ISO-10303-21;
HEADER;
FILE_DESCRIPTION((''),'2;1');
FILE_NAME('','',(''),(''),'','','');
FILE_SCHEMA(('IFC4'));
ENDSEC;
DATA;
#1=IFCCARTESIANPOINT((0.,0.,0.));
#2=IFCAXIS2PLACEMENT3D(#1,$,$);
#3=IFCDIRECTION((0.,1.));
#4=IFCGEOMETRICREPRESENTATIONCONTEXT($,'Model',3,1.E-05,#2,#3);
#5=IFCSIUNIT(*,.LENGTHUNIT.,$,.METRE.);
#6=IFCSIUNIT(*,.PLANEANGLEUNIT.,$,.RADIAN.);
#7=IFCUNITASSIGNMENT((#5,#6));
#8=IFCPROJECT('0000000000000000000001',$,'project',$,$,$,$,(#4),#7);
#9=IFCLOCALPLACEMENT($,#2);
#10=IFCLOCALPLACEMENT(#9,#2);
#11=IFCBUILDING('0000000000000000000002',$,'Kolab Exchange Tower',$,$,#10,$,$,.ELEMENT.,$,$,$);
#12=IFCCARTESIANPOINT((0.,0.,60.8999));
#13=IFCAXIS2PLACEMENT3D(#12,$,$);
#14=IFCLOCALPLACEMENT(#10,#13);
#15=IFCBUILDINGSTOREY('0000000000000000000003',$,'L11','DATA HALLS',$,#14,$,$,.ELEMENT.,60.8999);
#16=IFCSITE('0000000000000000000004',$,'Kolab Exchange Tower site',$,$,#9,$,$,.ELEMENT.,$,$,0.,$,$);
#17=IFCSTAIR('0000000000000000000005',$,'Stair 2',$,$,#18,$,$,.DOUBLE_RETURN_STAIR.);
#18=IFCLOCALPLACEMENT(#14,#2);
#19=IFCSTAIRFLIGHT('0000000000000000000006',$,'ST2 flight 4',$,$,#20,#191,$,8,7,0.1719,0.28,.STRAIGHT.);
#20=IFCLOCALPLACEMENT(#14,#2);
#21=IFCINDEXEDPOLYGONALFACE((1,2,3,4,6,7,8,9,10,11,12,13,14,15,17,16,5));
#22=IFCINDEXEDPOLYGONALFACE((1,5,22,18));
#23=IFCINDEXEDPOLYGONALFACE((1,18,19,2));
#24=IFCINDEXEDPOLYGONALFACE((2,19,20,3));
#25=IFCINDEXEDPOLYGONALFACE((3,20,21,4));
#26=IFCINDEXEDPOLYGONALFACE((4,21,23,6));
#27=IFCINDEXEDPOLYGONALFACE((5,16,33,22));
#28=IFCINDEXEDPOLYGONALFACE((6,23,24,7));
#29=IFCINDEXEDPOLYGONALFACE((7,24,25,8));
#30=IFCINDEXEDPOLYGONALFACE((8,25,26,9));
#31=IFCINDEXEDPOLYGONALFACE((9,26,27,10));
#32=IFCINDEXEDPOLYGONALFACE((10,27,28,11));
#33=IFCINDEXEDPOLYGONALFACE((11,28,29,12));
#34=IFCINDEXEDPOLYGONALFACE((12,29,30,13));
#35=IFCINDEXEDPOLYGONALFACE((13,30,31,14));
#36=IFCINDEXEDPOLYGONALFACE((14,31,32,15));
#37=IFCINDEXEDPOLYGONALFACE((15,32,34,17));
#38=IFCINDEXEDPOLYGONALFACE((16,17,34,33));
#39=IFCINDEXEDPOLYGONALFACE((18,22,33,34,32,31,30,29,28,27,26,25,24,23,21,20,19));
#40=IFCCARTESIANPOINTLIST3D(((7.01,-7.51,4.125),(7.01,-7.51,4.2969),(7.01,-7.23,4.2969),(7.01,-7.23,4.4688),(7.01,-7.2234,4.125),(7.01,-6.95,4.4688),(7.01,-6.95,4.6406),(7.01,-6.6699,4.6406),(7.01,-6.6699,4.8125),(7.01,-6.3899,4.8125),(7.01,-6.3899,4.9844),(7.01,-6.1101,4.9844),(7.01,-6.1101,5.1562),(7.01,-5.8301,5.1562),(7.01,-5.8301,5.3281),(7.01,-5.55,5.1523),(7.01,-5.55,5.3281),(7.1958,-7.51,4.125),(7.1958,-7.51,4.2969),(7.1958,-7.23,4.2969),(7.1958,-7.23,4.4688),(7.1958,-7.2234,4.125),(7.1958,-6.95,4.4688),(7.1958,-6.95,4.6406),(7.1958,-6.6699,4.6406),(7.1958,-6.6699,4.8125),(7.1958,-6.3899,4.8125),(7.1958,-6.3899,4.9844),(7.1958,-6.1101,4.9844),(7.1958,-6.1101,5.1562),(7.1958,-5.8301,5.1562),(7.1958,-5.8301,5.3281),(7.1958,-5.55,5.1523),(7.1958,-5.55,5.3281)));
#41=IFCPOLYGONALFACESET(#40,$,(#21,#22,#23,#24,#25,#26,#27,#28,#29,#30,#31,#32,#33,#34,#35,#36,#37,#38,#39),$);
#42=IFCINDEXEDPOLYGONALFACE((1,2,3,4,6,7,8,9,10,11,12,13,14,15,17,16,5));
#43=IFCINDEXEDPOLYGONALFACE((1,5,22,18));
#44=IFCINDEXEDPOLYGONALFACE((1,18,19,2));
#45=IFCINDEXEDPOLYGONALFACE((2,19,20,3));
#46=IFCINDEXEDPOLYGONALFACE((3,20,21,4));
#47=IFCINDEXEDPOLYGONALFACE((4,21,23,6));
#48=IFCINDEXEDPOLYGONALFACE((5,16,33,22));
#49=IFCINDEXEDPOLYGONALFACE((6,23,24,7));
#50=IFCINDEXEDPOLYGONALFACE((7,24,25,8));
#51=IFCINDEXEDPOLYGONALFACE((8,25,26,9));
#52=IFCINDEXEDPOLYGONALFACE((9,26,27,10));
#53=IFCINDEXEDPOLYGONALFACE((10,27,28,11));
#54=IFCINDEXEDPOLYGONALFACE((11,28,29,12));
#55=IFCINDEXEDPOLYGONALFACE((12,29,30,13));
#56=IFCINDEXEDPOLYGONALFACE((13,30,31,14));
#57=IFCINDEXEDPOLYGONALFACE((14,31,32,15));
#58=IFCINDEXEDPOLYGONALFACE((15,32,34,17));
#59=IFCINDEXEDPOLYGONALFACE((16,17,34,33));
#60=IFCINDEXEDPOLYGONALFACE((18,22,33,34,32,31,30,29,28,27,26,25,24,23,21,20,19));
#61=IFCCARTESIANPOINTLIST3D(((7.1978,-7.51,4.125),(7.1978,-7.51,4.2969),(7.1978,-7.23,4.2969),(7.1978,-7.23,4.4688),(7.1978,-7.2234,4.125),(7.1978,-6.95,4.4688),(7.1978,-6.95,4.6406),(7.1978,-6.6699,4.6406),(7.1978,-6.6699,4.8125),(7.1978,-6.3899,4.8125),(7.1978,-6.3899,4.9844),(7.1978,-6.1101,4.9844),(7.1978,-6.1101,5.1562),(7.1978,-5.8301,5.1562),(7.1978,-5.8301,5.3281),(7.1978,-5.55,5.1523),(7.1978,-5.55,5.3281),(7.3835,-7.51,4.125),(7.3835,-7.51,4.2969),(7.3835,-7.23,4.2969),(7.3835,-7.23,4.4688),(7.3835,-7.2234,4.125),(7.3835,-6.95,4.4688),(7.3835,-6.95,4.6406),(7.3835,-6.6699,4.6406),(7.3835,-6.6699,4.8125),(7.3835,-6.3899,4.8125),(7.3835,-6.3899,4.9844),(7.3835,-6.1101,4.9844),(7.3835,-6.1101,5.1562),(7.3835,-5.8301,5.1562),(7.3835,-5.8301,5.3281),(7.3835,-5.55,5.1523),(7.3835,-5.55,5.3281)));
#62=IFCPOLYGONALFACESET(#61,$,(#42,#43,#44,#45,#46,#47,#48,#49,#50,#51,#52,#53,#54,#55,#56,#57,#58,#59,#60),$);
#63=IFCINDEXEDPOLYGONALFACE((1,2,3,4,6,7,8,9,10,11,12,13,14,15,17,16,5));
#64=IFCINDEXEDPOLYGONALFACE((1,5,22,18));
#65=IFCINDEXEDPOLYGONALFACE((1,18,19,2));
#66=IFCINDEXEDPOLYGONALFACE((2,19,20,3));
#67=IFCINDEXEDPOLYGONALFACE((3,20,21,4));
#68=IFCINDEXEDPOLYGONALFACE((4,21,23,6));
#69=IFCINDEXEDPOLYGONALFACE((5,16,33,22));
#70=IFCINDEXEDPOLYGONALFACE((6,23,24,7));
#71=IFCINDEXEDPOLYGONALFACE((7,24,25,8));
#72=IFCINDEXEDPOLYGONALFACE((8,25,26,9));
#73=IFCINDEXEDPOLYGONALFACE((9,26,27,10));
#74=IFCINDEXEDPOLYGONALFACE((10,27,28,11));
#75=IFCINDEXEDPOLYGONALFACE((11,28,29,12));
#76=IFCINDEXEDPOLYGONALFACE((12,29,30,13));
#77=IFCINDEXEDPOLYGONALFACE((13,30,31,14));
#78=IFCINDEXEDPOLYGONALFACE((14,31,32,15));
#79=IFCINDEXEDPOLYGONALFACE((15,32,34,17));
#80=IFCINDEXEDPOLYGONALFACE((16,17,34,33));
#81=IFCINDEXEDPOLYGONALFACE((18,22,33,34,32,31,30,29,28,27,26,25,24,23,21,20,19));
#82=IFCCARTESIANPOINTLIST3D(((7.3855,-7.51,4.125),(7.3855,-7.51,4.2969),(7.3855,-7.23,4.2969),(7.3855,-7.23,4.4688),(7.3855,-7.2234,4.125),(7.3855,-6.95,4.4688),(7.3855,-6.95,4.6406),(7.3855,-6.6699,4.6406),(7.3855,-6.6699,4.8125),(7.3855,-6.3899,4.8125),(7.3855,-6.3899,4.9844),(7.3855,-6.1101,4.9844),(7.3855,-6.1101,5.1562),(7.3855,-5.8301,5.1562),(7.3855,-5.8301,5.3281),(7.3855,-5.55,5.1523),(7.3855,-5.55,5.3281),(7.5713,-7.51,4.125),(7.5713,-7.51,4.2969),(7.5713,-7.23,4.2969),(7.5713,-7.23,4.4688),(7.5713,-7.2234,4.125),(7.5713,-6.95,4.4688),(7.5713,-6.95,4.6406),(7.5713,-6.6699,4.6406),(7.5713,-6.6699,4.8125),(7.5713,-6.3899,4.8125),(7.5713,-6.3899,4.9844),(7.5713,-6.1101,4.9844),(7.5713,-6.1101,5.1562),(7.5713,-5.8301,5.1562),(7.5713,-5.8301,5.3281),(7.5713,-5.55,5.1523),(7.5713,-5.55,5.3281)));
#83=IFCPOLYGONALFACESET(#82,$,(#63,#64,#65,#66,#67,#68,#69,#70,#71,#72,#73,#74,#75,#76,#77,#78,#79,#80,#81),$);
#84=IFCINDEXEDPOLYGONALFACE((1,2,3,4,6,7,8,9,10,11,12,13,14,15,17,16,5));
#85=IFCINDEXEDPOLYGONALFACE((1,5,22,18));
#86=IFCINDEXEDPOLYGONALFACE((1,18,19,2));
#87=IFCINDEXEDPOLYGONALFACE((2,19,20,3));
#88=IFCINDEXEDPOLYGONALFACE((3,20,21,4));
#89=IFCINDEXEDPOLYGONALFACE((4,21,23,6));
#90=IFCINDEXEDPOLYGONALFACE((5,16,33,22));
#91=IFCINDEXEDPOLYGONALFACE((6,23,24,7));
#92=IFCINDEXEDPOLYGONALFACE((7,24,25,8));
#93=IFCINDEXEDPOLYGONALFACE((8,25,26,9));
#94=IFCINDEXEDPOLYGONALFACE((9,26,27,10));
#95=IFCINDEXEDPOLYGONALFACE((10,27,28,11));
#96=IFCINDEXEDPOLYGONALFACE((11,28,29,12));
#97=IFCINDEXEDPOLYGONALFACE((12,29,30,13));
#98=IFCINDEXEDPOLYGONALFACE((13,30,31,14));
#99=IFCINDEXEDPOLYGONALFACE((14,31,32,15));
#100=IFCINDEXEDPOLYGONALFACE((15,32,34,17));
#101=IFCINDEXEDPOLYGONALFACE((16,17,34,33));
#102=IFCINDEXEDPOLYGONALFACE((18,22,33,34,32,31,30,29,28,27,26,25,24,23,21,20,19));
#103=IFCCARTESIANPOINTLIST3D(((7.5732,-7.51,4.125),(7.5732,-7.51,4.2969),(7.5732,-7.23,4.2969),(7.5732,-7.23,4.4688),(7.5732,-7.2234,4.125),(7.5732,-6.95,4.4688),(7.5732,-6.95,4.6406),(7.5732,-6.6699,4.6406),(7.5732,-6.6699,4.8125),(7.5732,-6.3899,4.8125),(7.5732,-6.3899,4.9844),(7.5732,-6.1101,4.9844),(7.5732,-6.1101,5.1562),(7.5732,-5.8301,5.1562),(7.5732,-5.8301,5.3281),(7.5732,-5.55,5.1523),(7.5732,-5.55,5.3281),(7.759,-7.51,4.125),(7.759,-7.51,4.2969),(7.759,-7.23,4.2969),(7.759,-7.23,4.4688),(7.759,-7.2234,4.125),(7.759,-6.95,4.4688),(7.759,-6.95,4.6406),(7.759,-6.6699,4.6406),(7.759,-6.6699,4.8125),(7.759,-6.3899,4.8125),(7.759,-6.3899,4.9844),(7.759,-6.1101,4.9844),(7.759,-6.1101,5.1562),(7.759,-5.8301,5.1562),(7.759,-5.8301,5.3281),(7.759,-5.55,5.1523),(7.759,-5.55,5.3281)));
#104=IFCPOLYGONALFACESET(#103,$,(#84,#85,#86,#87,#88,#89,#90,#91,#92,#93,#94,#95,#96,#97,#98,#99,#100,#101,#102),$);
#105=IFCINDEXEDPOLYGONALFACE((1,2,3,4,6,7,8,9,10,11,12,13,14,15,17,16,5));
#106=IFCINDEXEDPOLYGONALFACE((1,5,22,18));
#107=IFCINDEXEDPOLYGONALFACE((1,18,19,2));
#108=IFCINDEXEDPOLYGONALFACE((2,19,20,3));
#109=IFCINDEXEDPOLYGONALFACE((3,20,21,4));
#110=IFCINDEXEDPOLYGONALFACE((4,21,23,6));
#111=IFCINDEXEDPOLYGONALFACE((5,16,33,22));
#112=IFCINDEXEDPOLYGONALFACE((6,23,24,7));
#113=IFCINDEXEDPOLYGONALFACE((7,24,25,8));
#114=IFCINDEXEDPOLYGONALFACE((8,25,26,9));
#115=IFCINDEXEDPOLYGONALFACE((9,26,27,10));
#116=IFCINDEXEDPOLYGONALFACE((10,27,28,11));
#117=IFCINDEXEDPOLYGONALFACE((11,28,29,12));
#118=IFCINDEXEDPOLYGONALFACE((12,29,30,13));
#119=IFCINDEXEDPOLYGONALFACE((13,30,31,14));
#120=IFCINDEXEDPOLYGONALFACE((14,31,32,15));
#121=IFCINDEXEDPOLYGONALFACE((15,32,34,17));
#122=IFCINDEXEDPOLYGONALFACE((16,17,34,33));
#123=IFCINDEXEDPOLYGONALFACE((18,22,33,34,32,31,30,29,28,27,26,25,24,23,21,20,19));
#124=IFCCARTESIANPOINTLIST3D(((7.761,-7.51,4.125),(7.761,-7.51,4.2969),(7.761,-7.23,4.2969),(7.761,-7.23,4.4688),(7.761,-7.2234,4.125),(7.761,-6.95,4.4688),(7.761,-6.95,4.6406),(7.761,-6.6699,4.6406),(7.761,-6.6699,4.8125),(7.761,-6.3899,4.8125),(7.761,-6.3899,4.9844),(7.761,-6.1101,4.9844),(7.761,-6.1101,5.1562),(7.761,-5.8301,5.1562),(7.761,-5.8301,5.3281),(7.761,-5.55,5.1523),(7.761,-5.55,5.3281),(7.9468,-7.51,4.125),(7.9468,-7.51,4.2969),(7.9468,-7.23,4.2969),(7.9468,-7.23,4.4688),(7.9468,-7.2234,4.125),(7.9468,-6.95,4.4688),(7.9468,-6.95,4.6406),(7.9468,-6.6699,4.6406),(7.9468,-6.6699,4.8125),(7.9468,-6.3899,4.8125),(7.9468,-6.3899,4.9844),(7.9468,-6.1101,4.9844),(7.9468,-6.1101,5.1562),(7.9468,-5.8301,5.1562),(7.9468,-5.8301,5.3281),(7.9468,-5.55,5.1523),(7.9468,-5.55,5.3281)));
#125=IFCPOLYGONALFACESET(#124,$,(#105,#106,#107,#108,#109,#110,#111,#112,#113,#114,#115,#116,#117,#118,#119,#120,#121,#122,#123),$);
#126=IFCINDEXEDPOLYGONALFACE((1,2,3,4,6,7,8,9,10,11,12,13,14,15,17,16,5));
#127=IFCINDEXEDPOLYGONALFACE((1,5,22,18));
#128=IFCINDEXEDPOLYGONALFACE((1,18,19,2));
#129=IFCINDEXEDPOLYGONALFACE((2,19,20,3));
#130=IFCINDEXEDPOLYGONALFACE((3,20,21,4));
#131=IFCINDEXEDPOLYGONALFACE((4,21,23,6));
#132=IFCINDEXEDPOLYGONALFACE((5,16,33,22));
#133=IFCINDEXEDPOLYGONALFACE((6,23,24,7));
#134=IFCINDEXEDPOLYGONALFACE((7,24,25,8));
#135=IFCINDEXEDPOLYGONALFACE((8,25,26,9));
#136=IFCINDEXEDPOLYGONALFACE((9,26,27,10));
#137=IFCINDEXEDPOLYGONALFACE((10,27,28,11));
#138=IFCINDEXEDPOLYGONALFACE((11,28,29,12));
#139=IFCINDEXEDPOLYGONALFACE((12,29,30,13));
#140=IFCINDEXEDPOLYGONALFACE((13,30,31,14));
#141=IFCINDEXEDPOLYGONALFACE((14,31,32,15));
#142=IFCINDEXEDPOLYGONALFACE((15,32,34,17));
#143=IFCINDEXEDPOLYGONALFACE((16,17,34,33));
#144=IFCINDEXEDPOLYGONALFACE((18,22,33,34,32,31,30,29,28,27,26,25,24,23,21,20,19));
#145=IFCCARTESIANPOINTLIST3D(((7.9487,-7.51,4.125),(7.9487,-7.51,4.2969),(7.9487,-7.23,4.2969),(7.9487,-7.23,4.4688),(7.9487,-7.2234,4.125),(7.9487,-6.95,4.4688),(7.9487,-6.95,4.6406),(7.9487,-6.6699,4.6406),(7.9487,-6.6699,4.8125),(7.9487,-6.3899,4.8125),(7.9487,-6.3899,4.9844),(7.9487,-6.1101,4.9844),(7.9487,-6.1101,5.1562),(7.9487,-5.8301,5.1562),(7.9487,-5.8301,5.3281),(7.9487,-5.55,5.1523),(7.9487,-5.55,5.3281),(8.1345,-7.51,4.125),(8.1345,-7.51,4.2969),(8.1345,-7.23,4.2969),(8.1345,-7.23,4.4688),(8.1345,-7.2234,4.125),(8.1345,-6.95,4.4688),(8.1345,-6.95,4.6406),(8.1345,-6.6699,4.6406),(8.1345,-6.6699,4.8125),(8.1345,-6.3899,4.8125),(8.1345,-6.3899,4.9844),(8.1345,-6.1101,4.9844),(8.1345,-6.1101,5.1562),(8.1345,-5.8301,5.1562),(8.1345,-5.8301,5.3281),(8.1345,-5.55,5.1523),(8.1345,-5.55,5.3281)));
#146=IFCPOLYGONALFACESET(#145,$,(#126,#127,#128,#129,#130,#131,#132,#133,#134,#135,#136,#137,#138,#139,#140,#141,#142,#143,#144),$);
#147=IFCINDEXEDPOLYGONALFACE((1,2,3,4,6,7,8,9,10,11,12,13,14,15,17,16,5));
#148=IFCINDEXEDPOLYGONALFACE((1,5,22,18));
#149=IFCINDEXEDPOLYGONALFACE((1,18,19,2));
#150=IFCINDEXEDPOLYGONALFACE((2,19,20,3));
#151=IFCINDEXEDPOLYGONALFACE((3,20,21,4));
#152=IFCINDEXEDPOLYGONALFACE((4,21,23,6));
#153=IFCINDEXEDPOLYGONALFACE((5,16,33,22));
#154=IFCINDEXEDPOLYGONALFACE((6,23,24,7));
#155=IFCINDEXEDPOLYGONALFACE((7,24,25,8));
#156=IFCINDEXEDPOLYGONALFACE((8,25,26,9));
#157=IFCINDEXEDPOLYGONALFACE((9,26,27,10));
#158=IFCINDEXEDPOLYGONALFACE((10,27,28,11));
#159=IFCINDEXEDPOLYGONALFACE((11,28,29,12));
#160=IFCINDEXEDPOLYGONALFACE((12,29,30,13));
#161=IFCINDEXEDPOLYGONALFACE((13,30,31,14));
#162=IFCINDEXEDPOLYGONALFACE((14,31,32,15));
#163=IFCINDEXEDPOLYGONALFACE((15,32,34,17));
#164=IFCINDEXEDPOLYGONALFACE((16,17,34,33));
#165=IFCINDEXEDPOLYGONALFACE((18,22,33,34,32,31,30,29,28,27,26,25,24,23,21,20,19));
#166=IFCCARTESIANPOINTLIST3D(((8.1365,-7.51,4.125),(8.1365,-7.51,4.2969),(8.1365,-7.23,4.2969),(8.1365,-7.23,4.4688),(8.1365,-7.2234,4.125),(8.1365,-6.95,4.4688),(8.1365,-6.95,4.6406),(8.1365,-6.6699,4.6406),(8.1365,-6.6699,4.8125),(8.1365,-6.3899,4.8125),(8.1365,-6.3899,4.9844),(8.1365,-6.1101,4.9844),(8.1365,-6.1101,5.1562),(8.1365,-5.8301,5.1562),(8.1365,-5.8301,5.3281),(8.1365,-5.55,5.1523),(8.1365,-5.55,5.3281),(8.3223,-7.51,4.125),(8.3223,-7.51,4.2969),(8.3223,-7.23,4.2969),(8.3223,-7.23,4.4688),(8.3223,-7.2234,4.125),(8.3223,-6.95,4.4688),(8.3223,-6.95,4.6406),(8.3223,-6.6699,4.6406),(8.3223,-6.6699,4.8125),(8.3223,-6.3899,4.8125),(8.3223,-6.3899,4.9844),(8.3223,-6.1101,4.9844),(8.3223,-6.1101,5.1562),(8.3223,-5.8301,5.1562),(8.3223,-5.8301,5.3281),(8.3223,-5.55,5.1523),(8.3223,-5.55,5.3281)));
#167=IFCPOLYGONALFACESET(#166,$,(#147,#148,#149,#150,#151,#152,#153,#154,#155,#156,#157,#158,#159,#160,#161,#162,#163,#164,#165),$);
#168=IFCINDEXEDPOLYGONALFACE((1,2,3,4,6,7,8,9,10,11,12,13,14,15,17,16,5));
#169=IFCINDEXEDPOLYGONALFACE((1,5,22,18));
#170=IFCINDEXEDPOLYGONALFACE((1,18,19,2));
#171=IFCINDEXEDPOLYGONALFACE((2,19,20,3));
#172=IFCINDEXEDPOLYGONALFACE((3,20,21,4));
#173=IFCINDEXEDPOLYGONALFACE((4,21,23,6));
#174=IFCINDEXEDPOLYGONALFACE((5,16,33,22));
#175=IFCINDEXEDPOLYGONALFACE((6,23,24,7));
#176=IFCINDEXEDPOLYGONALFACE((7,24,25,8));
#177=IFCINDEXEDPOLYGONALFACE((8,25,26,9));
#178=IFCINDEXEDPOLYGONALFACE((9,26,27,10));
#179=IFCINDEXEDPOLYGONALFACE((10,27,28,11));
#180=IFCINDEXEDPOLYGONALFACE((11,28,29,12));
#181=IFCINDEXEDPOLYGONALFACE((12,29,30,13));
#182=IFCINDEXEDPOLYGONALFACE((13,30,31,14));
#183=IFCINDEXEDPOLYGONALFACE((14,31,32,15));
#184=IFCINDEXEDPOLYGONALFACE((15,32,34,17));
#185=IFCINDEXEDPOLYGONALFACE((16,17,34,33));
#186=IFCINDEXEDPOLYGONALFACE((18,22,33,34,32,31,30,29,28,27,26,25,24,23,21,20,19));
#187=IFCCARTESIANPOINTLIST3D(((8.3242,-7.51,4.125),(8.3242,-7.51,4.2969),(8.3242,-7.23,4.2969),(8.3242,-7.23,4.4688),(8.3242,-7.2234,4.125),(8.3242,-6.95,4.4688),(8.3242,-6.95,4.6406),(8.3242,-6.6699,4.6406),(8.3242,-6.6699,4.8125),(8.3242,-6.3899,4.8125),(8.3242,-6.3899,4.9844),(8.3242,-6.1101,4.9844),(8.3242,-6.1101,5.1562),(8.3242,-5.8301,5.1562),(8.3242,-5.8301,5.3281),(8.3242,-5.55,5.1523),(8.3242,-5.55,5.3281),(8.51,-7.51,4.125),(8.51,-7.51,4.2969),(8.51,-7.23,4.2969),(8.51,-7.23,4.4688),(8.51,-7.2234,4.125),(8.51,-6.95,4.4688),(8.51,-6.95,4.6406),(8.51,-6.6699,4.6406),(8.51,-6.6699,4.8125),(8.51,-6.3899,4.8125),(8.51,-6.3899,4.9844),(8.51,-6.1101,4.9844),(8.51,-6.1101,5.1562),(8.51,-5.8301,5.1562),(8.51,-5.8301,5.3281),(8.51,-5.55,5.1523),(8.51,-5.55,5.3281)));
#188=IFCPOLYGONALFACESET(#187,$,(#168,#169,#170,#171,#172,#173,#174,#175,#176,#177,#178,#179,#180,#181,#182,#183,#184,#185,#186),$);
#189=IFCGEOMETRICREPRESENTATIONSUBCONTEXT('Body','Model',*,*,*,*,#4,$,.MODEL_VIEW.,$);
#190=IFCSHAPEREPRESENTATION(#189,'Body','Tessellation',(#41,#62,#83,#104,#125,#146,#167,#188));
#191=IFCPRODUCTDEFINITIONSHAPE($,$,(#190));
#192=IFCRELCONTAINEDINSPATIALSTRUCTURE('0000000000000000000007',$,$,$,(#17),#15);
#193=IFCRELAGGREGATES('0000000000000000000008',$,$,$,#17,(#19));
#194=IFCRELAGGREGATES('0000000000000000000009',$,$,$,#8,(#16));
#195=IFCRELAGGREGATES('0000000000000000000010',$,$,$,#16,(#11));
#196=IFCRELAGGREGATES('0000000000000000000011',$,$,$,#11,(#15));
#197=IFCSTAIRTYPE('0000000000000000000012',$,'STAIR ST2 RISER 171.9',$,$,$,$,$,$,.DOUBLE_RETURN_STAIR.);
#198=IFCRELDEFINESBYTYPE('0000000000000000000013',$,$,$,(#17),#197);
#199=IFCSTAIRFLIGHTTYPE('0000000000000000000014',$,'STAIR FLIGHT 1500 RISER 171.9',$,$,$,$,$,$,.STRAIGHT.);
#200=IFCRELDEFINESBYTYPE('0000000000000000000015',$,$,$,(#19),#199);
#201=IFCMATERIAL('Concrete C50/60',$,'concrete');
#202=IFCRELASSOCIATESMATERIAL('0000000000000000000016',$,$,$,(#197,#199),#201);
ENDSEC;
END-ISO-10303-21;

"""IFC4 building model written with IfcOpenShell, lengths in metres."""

from ifc_helpers import new_model, si_unit, direction, frame, origin, place, context, subcontext, project, spatial, polyline, outline, extrude, material, type_object, element, aggregate, save


model = new_model("IFC4")

# Units and contexts
model_context = context("Model", 3, precision=1e-05, world=origin(), true_north=direction((0.0, 1.0)))
body_context = subcontext(model_context, "Body", "Model", "MODEL_VIEW")
ifc_project = project(units=[si_unit("LENGTHUNIT", "METRE"), si_unit("PLANEANGLEUNIT", "RADIAN")], contexts=[model_context])

# Site, building, storey
site_placement = place(None, origin())
site = spatial("IfcSite", under=ifc_project, at=site_placement, Name="Kolab Exchange Tower site", CompositionType="ELEMENT", RefElevation=0.0)
building_placement = place(site_placement, origin())
building = spatial("IfcBuilding", under=site, at=building_placement, Name="Kolab Exchange Tower", CompositionType="ELEMENT")
storey_placement = place(building_placement, frame((0.0, 0.0, 60.8999)))
storey = spatial("IfcBuildingStorey", under=building, at=storey_placement, Name="L11", Description="DATA HALLS", CompositionType="ELEMENT", Elevation=60.8999)

# Shared definitions
ifc_material_1 = material(Name="Concrete C50/60", Category="concrete")

# Stair, stair flight
stair_type = type_object("IfcStairType", Name="STAIR ST2 RISER 171.9", PredefinedType="DOUBLE_RETURN_STAIR", material=ifc_material_1)
stair_placement = place(storey_placement, origin())
stair = element("IfcStair", 1, at=stair_placement, inside=storey, type_object=stair_type, Name="Stair 2", PredefinedType="DOUBLE_RETURN_STAIR")
stair_flight_type = type_object("IfcStairFlightType", Name="STAIR FLIGHT 1500 RISER 171.9", PredefinedType="STRAIGHT", material=ifc_material_1)
stair_flight_1_placement = place(storey_placement, frame((7.76, -7.51, 4.125), z_axis=(0.0, 0.0, 1.0), x_axis=(0.0, 1.0, 0.0)))
stair_flight_1 = element("IfcStairFlight", 2, at=stair_flight_1_placement, type_object=stair_flight_type, Name="ST2 flight 4", NumberOfRisers=8, NumberOfTreads=7, PredefinedType="STRAIGHT", RiserHeight=0.1719, TreadLength=0.28, context=body_context, shape_type="SweptSolid", body=[
    extrude(outline(polyline([(0.0, 0.0), (0.0, 0.1719), (0.28, 0.1719), (0.28, 0.3438), (0.5601, 0.3438), (0.5601, 0.5156), (0.8401, 0.5156), (0.8401, 0.6875), (1.1201, 0.6875), (1.1201, 0.8594), (1.3999, 0.8594), (1.3999, 1.0312), (1.6799, 1.0312), (1.6799, 1.2031), (1.96, 1.2031), (1.96, 1.375), (1.96, 1.0273), (0.2866, 0.0), (0.0, 0.0)])), frame((0.0, 0.75, 0.0), z_axis=(0.0, -1.0, 0.0), x_axis=(1.0, 0.0, 0.0)), (0.0, 0.0, 1.0), 0.1858),
    extrude(outline(polyline([(0.0, 0.0), (0.0, 0.1719), (0.28, 0.1719), (0.28, 0.3438), (0.5601, 0.3438), (0.5601, 0.5156), (0.8401, 0.5156), (0.8401, 0.6875), (1.1201, 0.6875), (1.1201, 0.8594), (1.3999, 0.8594), (1.3999, 1.0312), (1.6799, 1.0312), (1.6799, 1.2031), (1.96, 1.2031), (1.96, 1.375), (1.96, 1.0273), (0.2866, 0.0), (0.0, 0.0)])), frame((0.0, 0.5623, 0.0), z_axis=(0.0, -1.0, 0.0), x_axis=(1.0, 0.0, 0.0)), (0.0, 0.0, 1.0), 0.1858),
    extrude(outline(polyline([(0.0, 0.0), (0.0, 0.1719), (0.28, 0.1719), (0.28, 0.3438), (0.5601, 0.3438), (0.5601, 0.5156), (0.8401, 0.5156), (0.8401, 0.6875), (1.1201, 0.6875), (1.1201, 0.8594), (1.3999, 0.8594), (1.3999, 1.0312), (1.6799, 1.0312), (1.6799, 1.2031), (1.96, 1.2031), (1.96, 1.375), (1.96, 1.0273), (0.2866, 0.0), (0.0, 0.0)])), frame((0.0, 0.3745, 0.0), z_axis=(0.0, -1.0, 0.0), x_axis=(1.0, 0.0, 0.0)), (0.0, 0.0, 1.0), 0.1858),
    extrude(outline(polyline([(0.0, 0.0), (0.0, 0.1719), (0.28, 0.1719), (0.28, 0.3438), (0.5601, 0.3438), (0.5601, 0.5156), (0.8401, 0.5156), (0.8401, 0.6875), (1.1201, 0.6875), (1.1201, 0.8594), (1.3999, 0.8594), (1.3999, 1.0312), (1.6799, 1.0312), (1.6799, 1.2031), (1.96, 1.2031), (1.96, 1.375), (1.96, 1.0273), (0.2866, 0.0), (0.0, 0.0)])), frame((0.0, 0.1868, 0.0), z_axis=(0.0, -1.0, 0.0), x_axis=(1.0, 0.0, 0.0)), (0.0, 0.0, 1.0), 0.1858),
    extrude(outline(polyline([(0.0, 0.0), (0.0, 0.1719), (0.28, 0.1719), (0.28, 0.3438), (0.5601, 0.3438), (0.5601, 0.5156), (0.8401, 0.5156), (0.8401, 0.6875), (1.1201, 0.6875), (1.1201, 0.8594), (1.3999, 0.8594), (1.3999, 1.0312), (1.6799, 1.0312), (1.6799, 1.2031), (1.96, 1.2031), (1.96, 1.375), (1.96, 1.0273), (0.2866, 0.0), (0.0, 0.0)])), frame((0.0, -0.001, 0.0), z_axis=(0.0, -1.0, 0.0), x_axis=(1.0, 0.0, 0.0)), (0.0, 0.0, 1.0), 0.1858),
    extrude(outline(polyline([(0.0, 0.0), (0.0, 0.1719), (0.28, 0.1719), (0.28, 0.3438), (0.5601, 0.3438), (0.5601, 0.5156), (0.8401, 0.5156), (0.8401, 0.6875), (1.1201, 0.6875), (1.1201, 0.8594), (1.3999, 0.8594), (1.3999, 1.0312), (1.6799, 1.0312), (1.6799, 1.2031), (1.96, 1.2031), (1.96, 1.375), (1.96, 1.0273), (0.2866, 0.0), (0.0, 0.0)])), frame((0.0, -0.1887, 0.0), z_axis=(0.0, -1.0, 0.0), x_axis=(1.0, 0.0, 0.0)), (0.0, 0.0, 1.0), 0.1858),
    extrude(outline(polyline([(0.0, 0.0), (0.0, 0.1719), (0.28, 0.1719), (0.28, 0.3438), (0.5601, 0.3438), (0.5601, 0.5156), (0.8401, 0.5156), (0.8401, 0.6875), (1.1201, 0.6875), (1.1201, 0.8594), (1.3999, 0.8594), (1.3999, 1.0312), (1.6799, 1.0312), (1.6799, 1.2031), (1.96, 1.2031), (1.96, 1.375), (1.96, 1.0273), (0.2866, 0.0), (0.0, 0.0)])), frame((0.0, -0.3765, 0.0), z_axis=(0.0, -1.0, 0.0), x_axis=(1.0, 0.0, 0.0)), (0.0, 0.0, 1.0), 0.1858),
    extrude(outline(polyline([(0.0, 0.0), (0.0, 0.1719), (0.28, 0.1719), (0.28, 0.3438), (0.5601, 0.3438), (0.5601, 0.5156), (0.8401, 0.5156), (0.8401, 0.6875), (1.1201, 0.6875), (1.1201, 0.8594), (1.3999, 0.8594), (1.3999, 1.0312), (1.6799, 1.0312), (1.6799, 1.2031), (1.96, 1.2031), (1.96, 1.375), (1.96, 1.0273), (0.2866, 0.0), (0.0, 0.0)])), frame((0.0, -0.5642, 0.0), z_axis=(0.0, -1.0, 0.0), x_axis=(1.0, 0.0, 0.0)), (0.0, 0.0, 1.0), 0.1858),
])
aggregate(stair, [stair_flight_1])

save(model, "model.ifc")
